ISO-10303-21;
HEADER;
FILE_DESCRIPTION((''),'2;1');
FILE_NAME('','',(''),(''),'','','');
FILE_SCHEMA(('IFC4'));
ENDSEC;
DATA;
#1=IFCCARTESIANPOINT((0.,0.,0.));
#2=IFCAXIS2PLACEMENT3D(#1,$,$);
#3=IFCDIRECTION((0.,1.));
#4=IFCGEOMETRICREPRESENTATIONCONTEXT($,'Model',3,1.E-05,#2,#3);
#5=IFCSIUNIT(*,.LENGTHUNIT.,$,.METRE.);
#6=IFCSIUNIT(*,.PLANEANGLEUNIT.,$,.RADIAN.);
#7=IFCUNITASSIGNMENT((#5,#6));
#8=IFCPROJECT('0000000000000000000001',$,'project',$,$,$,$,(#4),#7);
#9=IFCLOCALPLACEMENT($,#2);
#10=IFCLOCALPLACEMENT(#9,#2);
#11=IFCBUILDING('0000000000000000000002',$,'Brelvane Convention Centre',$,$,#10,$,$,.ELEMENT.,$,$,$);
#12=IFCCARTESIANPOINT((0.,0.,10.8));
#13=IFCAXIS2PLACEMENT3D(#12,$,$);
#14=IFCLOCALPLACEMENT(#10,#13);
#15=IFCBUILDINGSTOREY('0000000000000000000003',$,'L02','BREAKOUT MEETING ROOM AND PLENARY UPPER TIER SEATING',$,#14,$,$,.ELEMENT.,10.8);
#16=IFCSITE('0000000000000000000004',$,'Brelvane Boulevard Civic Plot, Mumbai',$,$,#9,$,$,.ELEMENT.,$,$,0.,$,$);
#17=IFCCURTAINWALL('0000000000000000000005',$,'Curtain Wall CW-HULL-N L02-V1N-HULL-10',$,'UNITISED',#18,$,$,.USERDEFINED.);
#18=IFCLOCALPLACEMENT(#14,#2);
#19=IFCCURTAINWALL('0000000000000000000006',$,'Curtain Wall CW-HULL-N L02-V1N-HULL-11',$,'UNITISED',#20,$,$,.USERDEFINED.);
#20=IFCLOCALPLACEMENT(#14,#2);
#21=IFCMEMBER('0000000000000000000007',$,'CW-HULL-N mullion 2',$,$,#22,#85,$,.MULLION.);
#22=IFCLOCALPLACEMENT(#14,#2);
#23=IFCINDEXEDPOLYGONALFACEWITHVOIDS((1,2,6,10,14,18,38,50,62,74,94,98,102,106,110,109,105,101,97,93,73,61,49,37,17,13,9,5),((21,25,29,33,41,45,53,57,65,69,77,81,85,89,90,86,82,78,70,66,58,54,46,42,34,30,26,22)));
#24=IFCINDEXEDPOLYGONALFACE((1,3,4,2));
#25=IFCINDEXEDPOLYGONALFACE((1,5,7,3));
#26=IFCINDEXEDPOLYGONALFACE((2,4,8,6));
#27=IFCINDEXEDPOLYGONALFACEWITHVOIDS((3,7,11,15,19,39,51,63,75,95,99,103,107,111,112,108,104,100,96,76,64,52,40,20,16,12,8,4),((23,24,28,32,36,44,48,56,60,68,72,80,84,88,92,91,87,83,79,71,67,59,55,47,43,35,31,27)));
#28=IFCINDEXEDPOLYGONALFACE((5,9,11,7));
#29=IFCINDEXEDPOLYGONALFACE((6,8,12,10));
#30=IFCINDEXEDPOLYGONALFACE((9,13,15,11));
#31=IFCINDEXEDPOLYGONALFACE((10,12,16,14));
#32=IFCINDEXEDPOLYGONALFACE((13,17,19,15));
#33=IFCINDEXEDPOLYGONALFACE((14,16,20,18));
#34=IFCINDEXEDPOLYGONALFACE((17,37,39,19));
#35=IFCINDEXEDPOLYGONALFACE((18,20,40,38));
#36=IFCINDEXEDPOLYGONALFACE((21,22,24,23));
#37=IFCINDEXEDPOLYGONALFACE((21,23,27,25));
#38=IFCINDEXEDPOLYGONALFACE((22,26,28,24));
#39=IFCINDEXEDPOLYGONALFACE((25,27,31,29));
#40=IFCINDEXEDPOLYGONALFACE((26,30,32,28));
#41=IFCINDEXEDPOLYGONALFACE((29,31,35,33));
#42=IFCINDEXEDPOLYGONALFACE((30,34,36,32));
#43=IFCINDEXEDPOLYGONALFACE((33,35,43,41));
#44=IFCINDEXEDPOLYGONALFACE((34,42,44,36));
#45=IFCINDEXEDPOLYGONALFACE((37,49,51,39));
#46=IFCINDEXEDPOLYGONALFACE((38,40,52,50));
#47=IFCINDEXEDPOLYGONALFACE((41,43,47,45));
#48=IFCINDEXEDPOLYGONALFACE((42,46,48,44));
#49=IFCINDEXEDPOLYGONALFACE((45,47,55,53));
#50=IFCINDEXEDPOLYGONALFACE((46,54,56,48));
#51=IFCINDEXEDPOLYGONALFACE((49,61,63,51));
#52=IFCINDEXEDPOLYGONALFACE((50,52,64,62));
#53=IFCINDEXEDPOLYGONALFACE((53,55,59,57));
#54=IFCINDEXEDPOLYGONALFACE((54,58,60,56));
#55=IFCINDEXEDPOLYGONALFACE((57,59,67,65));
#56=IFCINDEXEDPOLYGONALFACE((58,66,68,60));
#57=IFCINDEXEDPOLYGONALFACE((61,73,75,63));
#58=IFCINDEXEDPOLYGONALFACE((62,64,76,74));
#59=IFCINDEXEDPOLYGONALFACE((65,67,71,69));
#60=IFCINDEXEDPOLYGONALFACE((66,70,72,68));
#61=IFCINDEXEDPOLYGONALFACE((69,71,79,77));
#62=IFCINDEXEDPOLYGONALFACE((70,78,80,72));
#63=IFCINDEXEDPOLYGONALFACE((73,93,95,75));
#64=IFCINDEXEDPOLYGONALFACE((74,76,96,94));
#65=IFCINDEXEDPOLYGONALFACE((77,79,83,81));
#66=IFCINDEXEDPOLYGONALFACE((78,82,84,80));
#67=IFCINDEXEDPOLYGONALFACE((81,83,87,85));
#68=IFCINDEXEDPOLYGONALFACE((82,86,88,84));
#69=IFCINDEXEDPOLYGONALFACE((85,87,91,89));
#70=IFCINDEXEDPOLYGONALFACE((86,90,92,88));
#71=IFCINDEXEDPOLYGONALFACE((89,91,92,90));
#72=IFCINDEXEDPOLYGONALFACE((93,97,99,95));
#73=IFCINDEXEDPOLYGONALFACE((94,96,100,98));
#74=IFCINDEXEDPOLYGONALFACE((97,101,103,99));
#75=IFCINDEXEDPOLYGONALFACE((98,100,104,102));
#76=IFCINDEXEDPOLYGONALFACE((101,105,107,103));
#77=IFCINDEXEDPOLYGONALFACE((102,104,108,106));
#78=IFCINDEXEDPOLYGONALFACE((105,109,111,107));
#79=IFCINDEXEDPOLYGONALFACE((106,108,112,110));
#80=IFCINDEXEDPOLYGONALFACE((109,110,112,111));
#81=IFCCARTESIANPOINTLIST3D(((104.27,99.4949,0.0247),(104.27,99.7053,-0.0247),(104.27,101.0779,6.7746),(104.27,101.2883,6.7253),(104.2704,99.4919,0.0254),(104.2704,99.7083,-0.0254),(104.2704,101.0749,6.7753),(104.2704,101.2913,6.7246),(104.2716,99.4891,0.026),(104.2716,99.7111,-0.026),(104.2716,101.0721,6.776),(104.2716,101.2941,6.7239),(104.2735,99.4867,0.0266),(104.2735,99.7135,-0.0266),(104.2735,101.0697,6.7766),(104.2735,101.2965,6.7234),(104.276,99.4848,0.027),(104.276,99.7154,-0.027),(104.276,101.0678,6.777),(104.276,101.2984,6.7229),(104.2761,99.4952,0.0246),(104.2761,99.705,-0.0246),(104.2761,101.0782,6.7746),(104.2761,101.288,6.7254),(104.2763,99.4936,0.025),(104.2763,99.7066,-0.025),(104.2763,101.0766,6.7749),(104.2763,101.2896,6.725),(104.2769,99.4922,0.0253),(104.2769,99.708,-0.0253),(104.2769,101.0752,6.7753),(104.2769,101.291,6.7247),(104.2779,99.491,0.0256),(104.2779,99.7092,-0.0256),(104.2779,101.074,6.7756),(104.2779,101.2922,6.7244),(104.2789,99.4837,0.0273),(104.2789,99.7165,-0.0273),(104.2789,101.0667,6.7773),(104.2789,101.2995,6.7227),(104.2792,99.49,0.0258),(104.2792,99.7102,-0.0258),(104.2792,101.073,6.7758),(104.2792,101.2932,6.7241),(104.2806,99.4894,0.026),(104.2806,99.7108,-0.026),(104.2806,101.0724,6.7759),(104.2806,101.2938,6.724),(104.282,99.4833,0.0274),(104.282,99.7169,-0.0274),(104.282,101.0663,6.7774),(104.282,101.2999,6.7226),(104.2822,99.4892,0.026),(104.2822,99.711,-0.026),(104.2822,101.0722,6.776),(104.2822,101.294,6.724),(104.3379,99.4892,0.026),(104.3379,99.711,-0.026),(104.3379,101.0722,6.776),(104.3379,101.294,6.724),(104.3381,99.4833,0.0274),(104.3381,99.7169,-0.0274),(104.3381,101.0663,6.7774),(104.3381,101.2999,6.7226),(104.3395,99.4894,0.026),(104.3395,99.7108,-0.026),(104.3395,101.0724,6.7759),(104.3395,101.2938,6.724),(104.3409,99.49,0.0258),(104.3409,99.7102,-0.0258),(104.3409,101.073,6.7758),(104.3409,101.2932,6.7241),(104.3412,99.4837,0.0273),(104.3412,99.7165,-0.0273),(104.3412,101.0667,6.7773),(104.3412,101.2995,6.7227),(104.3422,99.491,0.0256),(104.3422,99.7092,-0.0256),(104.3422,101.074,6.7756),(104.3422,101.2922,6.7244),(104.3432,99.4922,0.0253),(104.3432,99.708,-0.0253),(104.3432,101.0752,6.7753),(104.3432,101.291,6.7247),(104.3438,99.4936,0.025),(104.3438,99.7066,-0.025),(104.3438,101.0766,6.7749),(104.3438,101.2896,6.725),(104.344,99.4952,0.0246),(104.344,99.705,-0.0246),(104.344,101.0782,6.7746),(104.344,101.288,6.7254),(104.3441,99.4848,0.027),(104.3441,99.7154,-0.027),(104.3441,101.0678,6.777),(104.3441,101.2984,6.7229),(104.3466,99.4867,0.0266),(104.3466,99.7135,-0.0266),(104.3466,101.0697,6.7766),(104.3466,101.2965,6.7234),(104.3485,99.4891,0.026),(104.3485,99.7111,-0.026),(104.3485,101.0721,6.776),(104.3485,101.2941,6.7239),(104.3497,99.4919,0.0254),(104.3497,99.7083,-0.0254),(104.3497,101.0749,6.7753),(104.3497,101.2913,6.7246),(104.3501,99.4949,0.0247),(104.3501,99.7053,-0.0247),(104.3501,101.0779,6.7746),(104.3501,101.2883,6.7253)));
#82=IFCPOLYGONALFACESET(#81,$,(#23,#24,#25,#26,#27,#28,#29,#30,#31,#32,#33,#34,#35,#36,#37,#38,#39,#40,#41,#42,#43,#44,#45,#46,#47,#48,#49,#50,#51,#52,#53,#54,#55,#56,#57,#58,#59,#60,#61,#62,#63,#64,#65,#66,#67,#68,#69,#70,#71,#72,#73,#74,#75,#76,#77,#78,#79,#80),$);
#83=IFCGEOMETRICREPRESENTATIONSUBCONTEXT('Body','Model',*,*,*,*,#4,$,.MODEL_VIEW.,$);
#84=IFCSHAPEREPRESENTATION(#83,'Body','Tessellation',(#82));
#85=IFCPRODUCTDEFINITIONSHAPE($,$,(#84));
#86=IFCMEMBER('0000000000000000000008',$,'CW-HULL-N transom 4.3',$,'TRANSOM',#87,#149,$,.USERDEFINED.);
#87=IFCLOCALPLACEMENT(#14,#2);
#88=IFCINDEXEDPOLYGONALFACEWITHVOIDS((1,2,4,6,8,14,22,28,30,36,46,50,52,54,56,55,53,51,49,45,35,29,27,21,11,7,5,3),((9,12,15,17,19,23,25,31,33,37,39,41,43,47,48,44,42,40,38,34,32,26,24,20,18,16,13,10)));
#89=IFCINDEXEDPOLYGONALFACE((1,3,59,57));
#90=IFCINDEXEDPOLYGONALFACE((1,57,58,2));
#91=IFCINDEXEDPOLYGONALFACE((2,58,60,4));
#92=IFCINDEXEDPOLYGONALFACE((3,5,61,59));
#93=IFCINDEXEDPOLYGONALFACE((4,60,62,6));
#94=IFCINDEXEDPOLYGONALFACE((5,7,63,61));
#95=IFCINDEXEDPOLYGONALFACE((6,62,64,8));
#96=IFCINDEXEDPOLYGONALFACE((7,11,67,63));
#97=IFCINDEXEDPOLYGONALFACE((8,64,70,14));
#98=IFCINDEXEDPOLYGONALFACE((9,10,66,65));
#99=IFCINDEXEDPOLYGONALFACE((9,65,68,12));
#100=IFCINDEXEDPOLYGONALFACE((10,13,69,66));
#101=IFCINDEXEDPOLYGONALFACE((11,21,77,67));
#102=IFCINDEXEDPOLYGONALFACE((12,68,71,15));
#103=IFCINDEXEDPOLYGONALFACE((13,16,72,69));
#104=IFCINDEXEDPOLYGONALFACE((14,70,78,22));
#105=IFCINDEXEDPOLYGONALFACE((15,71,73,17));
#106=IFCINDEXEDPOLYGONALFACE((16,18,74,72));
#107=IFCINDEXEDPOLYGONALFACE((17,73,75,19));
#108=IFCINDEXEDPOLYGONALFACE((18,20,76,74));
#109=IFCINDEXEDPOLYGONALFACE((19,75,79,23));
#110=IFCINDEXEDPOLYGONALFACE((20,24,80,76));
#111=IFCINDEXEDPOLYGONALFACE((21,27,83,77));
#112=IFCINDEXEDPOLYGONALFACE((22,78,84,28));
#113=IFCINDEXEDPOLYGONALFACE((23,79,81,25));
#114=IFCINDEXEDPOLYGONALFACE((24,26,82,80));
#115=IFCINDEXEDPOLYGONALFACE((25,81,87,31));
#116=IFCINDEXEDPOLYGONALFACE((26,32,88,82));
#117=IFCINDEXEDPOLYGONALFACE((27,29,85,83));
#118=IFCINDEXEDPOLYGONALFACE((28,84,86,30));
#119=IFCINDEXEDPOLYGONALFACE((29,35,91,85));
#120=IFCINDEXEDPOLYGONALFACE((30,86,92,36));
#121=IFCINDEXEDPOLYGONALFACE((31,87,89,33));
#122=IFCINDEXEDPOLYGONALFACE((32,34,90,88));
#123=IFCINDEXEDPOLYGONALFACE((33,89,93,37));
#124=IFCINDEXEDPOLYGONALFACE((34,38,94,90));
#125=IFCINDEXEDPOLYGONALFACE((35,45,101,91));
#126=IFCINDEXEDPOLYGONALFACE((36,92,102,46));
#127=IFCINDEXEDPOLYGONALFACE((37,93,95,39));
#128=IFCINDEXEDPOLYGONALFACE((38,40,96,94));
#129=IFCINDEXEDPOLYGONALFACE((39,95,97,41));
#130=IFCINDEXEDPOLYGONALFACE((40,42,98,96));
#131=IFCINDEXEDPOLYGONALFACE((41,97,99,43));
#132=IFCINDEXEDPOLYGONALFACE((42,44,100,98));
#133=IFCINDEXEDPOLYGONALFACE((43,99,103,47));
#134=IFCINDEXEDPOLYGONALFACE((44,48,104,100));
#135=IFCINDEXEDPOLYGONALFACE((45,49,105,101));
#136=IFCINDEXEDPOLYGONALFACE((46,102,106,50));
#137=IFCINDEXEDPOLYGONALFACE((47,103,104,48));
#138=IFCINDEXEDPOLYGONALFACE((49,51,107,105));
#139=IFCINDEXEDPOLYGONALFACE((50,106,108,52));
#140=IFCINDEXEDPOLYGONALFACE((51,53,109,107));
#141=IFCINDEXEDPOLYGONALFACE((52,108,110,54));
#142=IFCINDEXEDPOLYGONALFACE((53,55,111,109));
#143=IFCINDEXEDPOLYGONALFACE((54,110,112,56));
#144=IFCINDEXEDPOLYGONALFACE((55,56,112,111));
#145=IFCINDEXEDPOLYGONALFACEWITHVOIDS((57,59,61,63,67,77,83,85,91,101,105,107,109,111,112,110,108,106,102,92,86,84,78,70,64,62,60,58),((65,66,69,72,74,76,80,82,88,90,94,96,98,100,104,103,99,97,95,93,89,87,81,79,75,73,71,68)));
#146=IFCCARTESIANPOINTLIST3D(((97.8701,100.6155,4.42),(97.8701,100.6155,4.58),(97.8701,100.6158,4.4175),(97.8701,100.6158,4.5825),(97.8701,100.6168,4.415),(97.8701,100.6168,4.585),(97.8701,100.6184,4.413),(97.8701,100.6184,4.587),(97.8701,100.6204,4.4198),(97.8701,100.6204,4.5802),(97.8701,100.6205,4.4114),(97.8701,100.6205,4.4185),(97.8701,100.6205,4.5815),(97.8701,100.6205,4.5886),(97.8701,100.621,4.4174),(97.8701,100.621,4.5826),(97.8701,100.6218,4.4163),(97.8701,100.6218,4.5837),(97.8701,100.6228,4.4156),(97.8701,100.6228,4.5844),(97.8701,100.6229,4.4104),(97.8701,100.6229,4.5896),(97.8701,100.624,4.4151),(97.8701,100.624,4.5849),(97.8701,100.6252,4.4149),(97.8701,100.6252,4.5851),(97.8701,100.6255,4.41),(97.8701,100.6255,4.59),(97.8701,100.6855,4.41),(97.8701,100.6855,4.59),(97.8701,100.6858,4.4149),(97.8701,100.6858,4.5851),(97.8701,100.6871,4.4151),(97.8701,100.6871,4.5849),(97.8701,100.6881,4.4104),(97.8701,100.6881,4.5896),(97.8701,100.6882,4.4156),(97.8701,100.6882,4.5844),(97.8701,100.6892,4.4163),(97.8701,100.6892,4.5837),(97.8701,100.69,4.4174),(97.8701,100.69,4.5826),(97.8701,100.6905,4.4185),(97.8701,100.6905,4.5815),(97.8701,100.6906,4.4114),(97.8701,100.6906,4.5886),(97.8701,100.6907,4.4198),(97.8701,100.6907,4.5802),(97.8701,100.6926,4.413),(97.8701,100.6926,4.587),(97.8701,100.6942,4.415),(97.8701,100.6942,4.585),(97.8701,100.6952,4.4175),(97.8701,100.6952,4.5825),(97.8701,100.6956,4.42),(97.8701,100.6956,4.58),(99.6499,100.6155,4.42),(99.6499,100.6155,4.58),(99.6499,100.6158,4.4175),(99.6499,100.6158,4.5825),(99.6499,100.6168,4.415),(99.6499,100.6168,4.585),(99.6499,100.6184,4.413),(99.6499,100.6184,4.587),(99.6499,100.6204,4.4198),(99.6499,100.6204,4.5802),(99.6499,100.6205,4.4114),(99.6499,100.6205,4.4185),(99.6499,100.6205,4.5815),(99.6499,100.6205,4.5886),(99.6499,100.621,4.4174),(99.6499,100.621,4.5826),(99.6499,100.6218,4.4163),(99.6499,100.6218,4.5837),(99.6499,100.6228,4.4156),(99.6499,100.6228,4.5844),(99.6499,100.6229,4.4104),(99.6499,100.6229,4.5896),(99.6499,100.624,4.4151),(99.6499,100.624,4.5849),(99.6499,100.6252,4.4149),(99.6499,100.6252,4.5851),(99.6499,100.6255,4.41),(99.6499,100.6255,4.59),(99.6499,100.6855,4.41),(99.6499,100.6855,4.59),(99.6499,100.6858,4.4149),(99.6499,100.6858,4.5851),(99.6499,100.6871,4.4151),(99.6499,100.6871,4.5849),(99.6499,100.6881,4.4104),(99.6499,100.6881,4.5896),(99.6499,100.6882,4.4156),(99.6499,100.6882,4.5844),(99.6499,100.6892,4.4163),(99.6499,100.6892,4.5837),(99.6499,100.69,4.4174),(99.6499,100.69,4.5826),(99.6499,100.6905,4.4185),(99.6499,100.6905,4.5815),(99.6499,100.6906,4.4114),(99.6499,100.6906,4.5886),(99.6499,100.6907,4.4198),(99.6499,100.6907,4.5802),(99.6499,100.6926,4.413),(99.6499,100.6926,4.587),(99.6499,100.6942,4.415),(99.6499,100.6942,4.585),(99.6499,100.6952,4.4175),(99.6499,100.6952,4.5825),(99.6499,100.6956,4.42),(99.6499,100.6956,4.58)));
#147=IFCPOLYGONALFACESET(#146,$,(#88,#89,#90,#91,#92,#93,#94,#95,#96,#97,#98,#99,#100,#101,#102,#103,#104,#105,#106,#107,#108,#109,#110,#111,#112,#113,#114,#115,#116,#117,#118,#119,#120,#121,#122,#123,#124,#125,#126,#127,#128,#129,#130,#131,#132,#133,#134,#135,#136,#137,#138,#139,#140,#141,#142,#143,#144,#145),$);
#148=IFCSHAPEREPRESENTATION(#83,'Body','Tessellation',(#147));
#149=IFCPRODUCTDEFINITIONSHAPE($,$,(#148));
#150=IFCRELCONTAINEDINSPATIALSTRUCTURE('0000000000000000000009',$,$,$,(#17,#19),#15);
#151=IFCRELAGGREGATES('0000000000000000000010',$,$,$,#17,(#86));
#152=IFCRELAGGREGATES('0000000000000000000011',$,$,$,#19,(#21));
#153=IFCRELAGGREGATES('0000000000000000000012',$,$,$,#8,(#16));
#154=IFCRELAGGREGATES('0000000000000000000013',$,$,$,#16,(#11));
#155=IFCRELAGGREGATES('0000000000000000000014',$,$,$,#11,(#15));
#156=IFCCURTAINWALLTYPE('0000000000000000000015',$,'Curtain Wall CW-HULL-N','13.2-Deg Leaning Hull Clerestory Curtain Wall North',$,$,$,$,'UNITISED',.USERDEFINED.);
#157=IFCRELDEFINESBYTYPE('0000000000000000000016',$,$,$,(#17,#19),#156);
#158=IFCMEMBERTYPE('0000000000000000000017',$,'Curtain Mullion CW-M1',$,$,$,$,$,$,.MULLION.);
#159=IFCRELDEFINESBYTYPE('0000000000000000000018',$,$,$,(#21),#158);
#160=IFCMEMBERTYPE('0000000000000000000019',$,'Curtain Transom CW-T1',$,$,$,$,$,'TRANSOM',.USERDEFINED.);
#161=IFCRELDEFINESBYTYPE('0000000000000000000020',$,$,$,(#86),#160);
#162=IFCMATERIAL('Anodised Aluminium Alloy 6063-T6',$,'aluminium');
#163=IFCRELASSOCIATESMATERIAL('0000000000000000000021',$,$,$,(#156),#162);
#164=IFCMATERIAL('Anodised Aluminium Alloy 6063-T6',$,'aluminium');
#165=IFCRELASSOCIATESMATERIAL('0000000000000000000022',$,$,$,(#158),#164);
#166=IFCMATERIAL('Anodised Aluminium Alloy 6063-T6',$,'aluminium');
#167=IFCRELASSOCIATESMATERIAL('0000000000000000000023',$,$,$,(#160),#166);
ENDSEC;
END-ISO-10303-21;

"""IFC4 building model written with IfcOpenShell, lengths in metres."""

from ifc_helpers import new_model, si_unit, direction, frame, origin, origin_2d, place, context, subcontext, project, spatial, hollow_rectangle, extrude, material, material_profile, profile_set, type_object, element, aggregate, save


model = new_model("IFC4")

# Units and contexts
model_context = context("Model", 3, precision=1e-05, world=origin(), true_north=direction((0.0, 1.0)))
body_context = subcontext(model_context, "Body", "Model", "MODEL_VIEW")
ifc_project = project(units=[si_unit("LENGTHUNIT", "METRE"), si_unit("PLANEANGLEUNIT", "RADIAN")], contexts=[model_context])

# Site, building, storey
site_placement = place(None, origin())
site = spatial("IfcSite", under=ifc_project, at=site_placement, Name="Brelvane Boulevard Civic Plot, Mumbai", CompositionType="ELEMENT", RefElevation=0.0)
building_placement = place(site_placement, origin())
building = spatial("IfcBuilding", under=site, at=building_placement, Name="Brelvane Convention Centre", CompositionType="ELEMENT")
storey_placement = place(building_placement, frame((0.0, 0.0, 10.8)))
storey = spatial("IfcBuildingStorey", under=building, at=storey_placement, Name="L02", Description="BREAKOUT MEETING ROOM AND PLENARY UPPER TIER SEATING", CompositionType="ELEMENT", Elevation=10.8)

# Curtain walls, member
ifc_material_1 = material(Name="Anodised Aluminium Alloy 6063-T6", Category="aluminium")
curtain_wall_type = type_object("IfcCurtainWallType", Name="Curtain Wall CW-HULL-N", Description="13.2-Deg Leaning Hull Clerestory Curtain Wall North", ElementType="UNITISED", PredefinedType="USERDEFINED", material=ifc_material_1)
curtain_wall_1_placement = place(storey_placement, origin())
curtain_wall_1 = element("IfcCurtainWall", 1, at=curtain_wall_1_placement, inside=storey, type_object=curtain_wall_type, Name="Curtain Wall CW-HULL-N L02-V1N-HULL-10", ObjectType="UNITISED", PredefinedType="USERDEFINED")
ifc_material_2 = material(Name="Anodised Aluminium Alloy 6063-T6", Category="aluminium")
ifc_material_profile_1 = material_profile(ifc_material_2, hollow_rectangle(XDim=0.0801, YDim=0.24, WallThickness=0.0061, InnerFilletRadius=0.0061, OuterFilletRadius=0.012, at=origin_2d()), Name="ALU-M 240x80x6.0")
ifc_profile_set_1 = profile_set([ifc_material_profile_1], Name="Anodised Aluminium Alloy 6063-T6")
member_type_1 = type_object("IfcMemberType", Name="Curtain Mullion CW-M1", PredefinedType="MULLION", material=ifc_profile_set_1)
curtain_wall_2_placement = place(storey_placement, origin())
curtain_wall_2 = element("IfcCurtainWall", 2, at=curtain_wall_2_placement, inside=storey, type_object=curtain_wall_type, Name="Curtain Wall CW-HULL-N L02-V1N-HULL-11", ObjectType="UNITISED", PredefinedType="USERDEFINED")
member_1_placement = place(storey_placement, frame((104.3101, 99.6001, 0.0), z_axis=(0.0, 0.228325, 0.973585), x_axis=(-1.0, 0.0, 0.0)))
member_1 = element("IfcMember", 3, at=member_1_placement, type_object=member_type_1, Name="CW-HULL-N mullion 2", PredefinedType="MULLION", context=body_context, shape_type="SweptSolid", body=[
    extrude(hollow_rectangle(XDim=0.0801, YDim=0.24, WallThickness=0.0061, InnerFilletRadius=0.0061, OuterFilletRadius=0.012, at=origin_2d()), origin(), (0.0, 0.0, 1.0), 6.9331),
])

# Member
ifc_material_3 = material(Name="Anodised Aluminium Alloy 6063-T6", Category="aluminium")
ifc_material_profile_2 = material_profile(ifc_material_3, hollow_rectangle(XDim=0.0801, YDim=0.1799, WallThickness=0.0049, InnerFilletRadius=0.0049, OuterFilletRadius=0.01, at=origin_2d()), Name="ALU-T 180x80x5.0")
ifc_profile_set_2 = profile_set([ifc_material_profile_2], Name="Anodised Aluminium Alloy 6063-T6")
member_type_2 = type_object("IfcMemberType", Name="Curtain Transom CW-T1", ElementType="TRANSOM", PredefinedType="USERDEFINED", material=ifc_profile_set_2)
member_2_placement = place(storey_placement, frame((97.8701, 100.6555, 4.5), z_axis=(1.0, 0.0, 0.0), x_axis=(0.0, 1.0, 0.0)))
member_2 = element("IfcMember", 4, at=member_2_placement, type_object=member_type_2, Name="CW-HULL-N transom 4.3", ObjectType="TRANSOM", PredefinedType="USERDEFINED", context=body_context, shape_type="SweptSolid", body=[
    extrude(hollow_rectangle(XDim=0.0801, YDim=0.1799, WallThickness=0.0049, InnerFilletRadius=0.0049, OuterFilletRadius=0.01, at=origin_2d()), origin(), (0.0, 0.0, 1.0), 1.7798),
])

aggregate(curtain_wall_1, [member_2])
aggregate(curtain_wall_2, [member_1])

save(model, "model.ifc")
